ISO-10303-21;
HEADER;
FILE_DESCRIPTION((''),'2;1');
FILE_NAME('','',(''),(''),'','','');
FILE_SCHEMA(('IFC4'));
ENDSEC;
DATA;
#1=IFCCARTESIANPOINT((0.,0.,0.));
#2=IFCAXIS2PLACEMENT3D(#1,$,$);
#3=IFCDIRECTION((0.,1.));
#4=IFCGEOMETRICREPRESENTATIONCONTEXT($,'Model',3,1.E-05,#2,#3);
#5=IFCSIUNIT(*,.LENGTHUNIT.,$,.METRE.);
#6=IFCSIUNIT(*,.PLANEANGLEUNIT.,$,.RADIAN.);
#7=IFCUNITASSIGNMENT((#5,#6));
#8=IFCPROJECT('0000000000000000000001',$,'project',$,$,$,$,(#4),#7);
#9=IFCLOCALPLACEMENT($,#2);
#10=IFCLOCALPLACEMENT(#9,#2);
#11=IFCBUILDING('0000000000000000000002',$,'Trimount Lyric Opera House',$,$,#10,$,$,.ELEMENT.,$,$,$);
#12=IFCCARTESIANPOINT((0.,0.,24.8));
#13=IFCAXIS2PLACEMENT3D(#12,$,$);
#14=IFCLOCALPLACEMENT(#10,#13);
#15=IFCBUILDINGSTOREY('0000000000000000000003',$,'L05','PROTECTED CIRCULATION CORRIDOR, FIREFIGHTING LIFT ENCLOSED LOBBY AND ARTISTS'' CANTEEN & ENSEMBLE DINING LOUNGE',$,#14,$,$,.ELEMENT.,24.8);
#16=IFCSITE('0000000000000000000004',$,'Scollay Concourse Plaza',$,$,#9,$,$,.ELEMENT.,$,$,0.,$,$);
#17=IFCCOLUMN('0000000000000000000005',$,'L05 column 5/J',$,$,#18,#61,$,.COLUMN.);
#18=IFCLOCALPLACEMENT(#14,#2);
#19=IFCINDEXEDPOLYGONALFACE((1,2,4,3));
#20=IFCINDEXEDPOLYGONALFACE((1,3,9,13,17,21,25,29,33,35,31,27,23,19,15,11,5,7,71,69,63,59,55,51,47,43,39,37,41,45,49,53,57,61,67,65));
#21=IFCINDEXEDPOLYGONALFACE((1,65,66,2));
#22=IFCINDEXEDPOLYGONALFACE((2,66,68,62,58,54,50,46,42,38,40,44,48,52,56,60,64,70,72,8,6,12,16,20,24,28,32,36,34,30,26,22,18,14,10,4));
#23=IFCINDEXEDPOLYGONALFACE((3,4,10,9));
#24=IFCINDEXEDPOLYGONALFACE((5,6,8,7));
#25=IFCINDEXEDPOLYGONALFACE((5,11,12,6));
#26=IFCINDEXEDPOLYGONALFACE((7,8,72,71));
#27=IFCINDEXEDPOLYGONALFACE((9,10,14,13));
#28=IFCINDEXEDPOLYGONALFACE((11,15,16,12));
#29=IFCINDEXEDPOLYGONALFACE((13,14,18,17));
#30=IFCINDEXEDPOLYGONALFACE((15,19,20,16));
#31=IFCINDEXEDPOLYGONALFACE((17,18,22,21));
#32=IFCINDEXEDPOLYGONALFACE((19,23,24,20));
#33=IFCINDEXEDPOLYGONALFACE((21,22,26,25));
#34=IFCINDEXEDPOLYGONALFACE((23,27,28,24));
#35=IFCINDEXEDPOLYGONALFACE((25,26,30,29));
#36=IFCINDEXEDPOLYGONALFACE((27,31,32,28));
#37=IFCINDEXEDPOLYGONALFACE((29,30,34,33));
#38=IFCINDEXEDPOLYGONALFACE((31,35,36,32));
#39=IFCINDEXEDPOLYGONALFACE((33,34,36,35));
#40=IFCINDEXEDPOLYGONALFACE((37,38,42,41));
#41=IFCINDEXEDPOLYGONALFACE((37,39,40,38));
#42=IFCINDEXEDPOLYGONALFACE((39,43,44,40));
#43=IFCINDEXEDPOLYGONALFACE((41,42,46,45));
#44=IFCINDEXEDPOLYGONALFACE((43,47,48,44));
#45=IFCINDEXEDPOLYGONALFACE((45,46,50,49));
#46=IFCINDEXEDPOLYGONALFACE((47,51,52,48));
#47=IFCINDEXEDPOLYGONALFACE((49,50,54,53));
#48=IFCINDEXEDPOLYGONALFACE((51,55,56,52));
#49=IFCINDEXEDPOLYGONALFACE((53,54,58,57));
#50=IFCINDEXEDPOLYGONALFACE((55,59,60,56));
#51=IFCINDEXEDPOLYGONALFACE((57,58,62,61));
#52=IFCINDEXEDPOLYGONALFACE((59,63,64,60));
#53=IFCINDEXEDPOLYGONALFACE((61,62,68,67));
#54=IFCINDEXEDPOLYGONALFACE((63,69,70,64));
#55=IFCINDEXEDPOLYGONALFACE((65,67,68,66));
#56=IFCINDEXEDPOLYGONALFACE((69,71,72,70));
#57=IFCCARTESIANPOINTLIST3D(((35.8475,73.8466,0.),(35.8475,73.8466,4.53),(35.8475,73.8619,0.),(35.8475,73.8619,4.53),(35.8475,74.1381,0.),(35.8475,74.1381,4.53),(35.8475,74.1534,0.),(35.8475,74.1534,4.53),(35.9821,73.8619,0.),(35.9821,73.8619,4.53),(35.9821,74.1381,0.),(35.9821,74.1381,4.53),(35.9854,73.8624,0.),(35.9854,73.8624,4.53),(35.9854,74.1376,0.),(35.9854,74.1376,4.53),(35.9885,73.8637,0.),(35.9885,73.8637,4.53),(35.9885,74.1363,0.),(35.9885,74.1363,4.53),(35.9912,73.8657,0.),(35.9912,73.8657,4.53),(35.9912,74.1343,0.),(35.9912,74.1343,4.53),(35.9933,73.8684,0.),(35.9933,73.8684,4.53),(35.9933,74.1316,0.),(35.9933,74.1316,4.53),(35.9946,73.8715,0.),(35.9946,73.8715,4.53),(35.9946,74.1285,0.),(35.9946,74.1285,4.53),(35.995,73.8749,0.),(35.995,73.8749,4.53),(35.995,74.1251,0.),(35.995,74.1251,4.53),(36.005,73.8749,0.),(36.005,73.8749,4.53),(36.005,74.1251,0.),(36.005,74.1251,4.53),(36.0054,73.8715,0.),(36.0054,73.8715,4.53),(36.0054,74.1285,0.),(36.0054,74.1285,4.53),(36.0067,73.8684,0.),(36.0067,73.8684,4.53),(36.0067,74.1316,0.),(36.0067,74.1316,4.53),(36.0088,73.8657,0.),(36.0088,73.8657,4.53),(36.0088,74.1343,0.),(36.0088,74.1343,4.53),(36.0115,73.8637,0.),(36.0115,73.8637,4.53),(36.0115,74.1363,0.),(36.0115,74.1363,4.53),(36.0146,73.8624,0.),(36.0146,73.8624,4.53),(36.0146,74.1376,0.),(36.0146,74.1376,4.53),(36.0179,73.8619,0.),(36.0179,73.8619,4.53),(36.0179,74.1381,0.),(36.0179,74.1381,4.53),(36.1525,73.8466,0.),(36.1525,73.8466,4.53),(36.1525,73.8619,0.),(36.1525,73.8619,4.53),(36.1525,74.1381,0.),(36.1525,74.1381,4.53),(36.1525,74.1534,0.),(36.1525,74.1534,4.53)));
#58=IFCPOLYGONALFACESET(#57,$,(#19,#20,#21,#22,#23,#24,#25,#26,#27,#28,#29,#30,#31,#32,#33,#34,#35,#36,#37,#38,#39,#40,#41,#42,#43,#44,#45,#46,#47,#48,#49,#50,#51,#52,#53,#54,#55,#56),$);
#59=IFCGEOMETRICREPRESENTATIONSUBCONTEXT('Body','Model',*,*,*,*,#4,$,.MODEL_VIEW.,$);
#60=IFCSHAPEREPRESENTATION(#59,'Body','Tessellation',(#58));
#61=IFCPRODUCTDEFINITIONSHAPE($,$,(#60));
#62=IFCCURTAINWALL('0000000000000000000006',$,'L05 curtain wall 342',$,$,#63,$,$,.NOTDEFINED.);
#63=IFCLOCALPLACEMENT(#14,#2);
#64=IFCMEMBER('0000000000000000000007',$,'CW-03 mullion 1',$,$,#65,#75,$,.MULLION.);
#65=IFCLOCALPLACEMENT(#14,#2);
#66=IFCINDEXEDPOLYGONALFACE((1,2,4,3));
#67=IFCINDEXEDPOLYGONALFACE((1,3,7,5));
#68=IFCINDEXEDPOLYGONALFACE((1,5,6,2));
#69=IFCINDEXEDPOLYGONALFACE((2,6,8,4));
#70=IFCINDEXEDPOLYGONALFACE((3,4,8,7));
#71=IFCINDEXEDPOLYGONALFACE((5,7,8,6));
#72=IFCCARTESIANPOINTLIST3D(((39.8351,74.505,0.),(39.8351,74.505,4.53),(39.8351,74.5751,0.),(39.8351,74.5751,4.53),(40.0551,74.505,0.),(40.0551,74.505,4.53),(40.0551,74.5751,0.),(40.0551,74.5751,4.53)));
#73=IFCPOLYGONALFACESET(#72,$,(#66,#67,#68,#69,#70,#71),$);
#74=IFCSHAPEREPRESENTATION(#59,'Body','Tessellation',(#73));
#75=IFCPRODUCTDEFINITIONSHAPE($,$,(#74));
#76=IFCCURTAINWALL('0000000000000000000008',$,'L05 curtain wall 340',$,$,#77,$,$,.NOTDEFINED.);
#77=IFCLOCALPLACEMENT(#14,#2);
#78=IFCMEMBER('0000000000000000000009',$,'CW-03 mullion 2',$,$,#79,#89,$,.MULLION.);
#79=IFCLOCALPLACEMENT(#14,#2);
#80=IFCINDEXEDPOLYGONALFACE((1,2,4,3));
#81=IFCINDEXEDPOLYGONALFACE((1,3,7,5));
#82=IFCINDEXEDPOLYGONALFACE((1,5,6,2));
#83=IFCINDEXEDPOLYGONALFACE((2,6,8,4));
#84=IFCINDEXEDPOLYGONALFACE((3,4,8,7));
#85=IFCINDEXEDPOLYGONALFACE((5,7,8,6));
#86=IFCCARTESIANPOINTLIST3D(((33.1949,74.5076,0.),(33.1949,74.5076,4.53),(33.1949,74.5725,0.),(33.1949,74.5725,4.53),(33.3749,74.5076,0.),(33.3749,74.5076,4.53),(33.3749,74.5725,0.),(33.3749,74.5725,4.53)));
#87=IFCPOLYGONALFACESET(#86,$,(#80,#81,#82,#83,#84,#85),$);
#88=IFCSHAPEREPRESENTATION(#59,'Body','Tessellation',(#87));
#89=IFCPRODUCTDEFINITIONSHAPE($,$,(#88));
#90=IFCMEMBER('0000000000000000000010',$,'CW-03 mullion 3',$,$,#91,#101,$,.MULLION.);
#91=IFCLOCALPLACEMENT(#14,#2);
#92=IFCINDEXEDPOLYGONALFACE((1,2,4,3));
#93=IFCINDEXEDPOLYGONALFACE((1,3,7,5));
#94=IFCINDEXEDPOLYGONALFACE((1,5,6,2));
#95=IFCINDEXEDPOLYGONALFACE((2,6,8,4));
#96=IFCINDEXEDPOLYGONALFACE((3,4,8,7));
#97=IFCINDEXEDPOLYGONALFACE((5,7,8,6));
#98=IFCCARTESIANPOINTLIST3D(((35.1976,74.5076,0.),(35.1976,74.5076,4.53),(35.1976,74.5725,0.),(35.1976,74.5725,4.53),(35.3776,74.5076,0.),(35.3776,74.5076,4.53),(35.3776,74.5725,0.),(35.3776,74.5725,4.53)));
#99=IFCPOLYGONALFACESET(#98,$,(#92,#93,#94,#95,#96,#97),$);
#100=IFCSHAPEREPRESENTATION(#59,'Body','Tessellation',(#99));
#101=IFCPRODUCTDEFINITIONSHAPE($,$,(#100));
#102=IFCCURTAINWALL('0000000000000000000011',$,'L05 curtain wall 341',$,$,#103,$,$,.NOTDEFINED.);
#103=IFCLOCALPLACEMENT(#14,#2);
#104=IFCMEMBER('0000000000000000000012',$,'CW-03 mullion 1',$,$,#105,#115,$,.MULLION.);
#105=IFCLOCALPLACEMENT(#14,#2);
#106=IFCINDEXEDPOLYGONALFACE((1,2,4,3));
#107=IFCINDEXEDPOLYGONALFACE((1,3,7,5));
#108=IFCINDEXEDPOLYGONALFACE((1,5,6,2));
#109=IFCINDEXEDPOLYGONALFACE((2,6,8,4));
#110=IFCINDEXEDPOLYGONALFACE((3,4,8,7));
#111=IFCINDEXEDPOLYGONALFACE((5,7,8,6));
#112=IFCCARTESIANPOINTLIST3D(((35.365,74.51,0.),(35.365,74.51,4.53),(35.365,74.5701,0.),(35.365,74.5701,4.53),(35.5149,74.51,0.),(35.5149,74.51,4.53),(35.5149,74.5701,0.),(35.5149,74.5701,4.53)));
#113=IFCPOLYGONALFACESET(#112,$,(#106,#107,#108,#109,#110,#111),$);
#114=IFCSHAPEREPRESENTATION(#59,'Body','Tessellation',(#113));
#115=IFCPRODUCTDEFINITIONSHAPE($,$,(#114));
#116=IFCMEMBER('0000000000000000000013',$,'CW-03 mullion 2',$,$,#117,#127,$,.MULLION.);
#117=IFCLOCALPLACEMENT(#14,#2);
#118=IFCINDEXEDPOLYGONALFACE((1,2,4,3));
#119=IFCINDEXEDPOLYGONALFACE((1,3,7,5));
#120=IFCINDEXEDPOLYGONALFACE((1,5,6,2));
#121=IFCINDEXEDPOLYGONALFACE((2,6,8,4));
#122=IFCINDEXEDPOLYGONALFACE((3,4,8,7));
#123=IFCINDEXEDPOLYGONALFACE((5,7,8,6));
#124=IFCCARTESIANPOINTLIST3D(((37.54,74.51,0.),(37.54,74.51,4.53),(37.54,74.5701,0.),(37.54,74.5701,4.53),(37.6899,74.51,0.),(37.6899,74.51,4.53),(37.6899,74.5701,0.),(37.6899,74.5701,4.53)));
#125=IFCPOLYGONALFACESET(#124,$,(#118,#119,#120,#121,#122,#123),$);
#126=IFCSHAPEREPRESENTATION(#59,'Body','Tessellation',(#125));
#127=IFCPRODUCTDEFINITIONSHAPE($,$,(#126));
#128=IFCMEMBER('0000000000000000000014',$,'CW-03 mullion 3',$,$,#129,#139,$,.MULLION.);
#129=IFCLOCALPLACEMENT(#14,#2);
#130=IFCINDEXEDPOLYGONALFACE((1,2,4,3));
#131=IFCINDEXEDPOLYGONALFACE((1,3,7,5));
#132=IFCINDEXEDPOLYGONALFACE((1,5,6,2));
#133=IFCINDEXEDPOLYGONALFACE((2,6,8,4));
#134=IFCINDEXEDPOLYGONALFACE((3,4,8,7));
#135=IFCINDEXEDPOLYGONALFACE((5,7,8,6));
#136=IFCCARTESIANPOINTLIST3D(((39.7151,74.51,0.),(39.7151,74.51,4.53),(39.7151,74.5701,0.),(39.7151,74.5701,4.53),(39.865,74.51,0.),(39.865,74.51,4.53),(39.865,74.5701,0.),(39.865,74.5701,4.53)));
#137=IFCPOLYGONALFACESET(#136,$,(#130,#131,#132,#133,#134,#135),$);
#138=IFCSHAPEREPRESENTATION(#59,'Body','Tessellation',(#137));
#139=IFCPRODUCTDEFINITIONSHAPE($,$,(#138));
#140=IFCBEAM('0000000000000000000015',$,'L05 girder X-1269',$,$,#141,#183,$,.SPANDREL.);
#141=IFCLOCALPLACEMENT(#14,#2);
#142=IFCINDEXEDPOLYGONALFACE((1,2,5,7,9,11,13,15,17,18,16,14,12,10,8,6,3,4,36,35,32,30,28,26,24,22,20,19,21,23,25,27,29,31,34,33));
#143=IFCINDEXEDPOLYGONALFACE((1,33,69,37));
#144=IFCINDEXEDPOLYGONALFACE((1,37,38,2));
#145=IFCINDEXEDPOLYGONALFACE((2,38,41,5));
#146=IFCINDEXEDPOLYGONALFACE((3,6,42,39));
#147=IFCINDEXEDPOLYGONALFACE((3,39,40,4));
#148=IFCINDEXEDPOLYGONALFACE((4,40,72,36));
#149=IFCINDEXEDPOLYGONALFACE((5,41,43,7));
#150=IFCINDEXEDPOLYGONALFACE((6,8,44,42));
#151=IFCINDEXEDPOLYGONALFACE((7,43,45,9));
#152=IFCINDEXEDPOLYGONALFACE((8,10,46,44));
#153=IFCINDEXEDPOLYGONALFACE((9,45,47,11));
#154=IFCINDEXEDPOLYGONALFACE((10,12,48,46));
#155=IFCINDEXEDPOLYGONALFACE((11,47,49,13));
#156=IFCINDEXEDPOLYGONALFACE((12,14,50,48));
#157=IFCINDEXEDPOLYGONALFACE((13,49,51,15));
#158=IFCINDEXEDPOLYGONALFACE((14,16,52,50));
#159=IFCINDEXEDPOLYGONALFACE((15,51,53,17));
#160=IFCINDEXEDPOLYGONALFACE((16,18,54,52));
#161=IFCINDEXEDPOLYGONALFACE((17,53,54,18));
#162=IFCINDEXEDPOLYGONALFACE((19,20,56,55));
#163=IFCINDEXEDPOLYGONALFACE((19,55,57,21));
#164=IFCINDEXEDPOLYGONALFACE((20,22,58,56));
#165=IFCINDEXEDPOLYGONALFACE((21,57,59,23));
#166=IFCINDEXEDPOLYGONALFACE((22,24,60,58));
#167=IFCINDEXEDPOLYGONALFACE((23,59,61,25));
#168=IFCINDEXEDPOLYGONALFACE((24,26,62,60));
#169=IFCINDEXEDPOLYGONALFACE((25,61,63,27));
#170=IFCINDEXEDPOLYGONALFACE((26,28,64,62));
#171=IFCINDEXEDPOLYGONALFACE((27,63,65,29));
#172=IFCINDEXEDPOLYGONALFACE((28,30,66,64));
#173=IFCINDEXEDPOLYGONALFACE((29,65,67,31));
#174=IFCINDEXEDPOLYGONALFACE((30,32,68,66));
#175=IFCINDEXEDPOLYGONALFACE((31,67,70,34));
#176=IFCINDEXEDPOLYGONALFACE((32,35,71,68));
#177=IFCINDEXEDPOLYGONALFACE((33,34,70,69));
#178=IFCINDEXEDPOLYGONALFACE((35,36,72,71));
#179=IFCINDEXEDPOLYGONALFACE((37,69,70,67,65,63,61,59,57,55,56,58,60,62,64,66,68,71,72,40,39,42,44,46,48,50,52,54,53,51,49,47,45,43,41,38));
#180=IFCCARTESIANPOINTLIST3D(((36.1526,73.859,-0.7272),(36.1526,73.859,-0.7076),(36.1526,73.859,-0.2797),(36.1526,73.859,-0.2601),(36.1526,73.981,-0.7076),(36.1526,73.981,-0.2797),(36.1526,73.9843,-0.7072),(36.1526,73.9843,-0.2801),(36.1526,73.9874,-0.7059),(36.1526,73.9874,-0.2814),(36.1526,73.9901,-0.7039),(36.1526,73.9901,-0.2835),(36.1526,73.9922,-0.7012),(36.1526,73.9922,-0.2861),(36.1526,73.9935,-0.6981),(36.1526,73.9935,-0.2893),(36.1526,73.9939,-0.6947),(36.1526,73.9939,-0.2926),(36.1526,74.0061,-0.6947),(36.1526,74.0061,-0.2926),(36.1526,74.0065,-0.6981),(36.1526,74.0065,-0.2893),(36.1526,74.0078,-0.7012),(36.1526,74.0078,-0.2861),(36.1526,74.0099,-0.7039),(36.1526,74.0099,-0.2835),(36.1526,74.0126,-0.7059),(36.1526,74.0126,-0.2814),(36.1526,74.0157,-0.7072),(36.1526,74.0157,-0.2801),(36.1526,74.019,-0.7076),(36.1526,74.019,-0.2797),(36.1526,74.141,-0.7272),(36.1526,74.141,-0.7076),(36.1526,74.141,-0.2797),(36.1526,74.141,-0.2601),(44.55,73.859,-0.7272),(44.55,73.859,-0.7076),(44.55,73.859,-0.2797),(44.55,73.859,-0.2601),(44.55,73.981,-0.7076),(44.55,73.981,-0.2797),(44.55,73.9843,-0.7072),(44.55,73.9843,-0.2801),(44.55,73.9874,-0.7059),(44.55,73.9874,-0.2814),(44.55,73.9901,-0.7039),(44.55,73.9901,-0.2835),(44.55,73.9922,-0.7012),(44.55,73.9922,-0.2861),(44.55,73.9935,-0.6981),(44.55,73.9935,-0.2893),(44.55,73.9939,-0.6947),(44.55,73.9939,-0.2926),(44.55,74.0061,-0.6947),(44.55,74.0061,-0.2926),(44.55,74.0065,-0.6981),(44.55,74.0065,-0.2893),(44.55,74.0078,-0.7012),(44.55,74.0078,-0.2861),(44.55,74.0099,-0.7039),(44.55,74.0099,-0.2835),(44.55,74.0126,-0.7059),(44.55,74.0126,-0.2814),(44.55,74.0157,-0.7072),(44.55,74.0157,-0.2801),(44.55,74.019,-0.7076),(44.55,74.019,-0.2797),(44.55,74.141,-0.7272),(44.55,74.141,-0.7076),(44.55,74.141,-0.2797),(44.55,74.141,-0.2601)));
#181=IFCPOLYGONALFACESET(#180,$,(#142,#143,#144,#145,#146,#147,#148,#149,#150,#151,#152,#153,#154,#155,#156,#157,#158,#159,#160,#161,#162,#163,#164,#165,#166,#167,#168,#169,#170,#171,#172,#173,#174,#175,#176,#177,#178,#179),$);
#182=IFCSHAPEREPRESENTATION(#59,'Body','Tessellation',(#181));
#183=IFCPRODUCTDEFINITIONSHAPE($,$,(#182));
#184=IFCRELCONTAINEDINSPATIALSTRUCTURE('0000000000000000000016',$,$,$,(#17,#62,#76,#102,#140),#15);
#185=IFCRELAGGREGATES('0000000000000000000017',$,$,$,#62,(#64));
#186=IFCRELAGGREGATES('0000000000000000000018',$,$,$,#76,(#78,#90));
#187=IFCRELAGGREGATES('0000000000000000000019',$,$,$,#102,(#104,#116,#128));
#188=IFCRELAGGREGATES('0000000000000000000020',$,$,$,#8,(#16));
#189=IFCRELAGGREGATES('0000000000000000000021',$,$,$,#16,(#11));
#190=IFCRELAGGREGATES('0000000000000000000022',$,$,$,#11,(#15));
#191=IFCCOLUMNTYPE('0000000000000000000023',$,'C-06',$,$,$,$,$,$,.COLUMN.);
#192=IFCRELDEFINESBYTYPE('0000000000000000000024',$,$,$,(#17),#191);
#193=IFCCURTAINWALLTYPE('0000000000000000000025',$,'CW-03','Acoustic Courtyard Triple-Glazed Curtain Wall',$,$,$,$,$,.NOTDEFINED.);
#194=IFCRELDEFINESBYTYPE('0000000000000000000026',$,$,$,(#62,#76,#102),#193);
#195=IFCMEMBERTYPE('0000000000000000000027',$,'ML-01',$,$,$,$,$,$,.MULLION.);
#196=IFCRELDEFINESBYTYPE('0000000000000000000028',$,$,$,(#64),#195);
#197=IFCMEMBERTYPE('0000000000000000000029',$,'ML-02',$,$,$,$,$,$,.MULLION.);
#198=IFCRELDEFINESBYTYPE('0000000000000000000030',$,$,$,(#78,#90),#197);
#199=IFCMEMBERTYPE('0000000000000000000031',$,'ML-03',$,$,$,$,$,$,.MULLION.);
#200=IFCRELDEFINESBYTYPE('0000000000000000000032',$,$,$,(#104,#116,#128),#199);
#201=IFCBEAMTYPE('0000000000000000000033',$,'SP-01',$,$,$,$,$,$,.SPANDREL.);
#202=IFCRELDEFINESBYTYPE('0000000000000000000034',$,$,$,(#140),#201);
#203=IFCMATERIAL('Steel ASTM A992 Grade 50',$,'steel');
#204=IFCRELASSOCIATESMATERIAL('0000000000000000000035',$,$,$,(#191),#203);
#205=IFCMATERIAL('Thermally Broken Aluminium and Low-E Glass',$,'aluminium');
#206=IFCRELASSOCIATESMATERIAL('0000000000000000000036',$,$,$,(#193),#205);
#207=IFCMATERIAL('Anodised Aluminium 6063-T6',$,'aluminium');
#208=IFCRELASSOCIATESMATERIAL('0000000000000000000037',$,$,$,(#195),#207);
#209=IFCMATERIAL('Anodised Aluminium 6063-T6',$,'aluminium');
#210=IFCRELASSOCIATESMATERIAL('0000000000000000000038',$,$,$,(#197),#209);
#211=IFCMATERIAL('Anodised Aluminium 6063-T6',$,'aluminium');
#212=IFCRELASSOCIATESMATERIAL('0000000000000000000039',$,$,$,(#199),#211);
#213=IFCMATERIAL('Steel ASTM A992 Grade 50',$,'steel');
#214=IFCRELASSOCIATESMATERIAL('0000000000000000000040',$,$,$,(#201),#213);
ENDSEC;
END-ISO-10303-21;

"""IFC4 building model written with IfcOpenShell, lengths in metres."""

from ifc_helpers import new_model, si_unit, direction, frame, origin, origin_2d, place, context, subcontext, project, spatial, rectangle, i_section, extrude, material, material_profile, profile_set, type_object, element, aggregate, save


model = new_model("IFC4")

# Units and contexts
model_context = context("Model", 3, precision=1e-05, world=origin(), true_north=direction((0.0, 1.0)))
body_context = subcontext(model_context, "Body", "Model", "MODEL_VIEW")
ifc_project = project(units=[si_unit("LENGTHUNIT", "METRE"), si_unit("PLANEANGLEUNIT", "RADIAN")], contexts=[model_context])

# Site, building, storey
site_placement = place(None, origin())
site = spatial("IfcSite", under=ifc_project, at=site_placement, Name="Scollay Concourse Plaza", CompositionType="ELEMENT", RefElevation=0.0)
building_placement = place(site_placement, origin())
building = spatial("IfcBuilding", under=site, at=building_placement, Name="Trimount Lyric Opera House", CompositionType="ELEMENT")
storey_placement = place(building_placement, frame((0.0, 0.0, 24.8)))
storey = spatial("IfcBuildingStorey", under=building, at=storey_placement, Name="L05", Description="PROTECTED CIRCULATION CORRIDOR, FIREFIGHTING LIFT ENCLOSED LOBBY AND ARTISTS' CANTEEN & ENSEMBLE DINING LOUNGE", CompositionType="ELEMENT", Elevation=24.8)

# Column
ifc_material_1 = material(Name="Steel ASTM A992 Grade 50", Category="steel")
ifc_material_profile_1 = material_profile(ifc_material_1, i_section(OverallWidth=0.3049, OverallDepth=0.3069, WebThickness=0.01, FlangeThickness=0.0154, FilletRadius=0.0129, at=origin_2d()), Name="W12X65")
ifc_profile_set_1 = profile_set([ifc_material_profile_1], Name="Steel ASTM A992 Grade 50")
column_type = type_object("IfcColumnType", Name="C-06", PredefinedType="COLUMN", material=ifc_profile_set_1)
column_placement = place(storey_placement, frame((36.0, 74.0, 0.0), z_axis=(0.0, 0.0, 1.0), x_axis=(1.0, 0.0, 0.0)))
element("IfcColumn", 1, at=column_placement, inside=storey, type_object=column_type, Name="L05 column 5/J", PredefinedType="COLUMN", context=body_context, shape_type="SweptSolid", body=[
    extrude(i_section(OverallWidth=0.3049, OverallDepth=0.3069, WebThickness=0.01, FlangeThickness=0.0154, FilletRadius=0.0129, at=origin_2d()), origin(), (0.0, 0.0, 1.0), 4.53),
])

# Curtain wall, member
ifc_material_2 = material(Name="Thermally Broken Aluminium and Low-E Glass", Category="aluminium")
curtain_wall_type = type_object("IfcCurtainWallType", Name="CW-03", Description="Acoustic Courtyard Triple-Glazed Curtain Wall", PredefinedType="NOTDEFINED", material=ifc_material_2)
curtain_wall_1_placement = place(storey_placement, origin())
curtain_wall_1 = element("IfcCurtainWall", 2, at=curtain_wall_1_placement, inside=storey, type_object=curtain_wall_type, Name="L05 curtain wall 342", PredefinedType="NOTDEFINED")
ifc_material_3 = material(Name="Anodised Aluminium 6063-T6", Category="aluminium")
ifc_material_profile_2 = material_profile(ifc_material_3, rectangle(XDim=0.0701, YDim=0.22, at=origin_2d()), Name="ALU-MULL-70X220")
ifc_profile_set_2 = profile_set([ifc_material_profile_2], Name="Anodised Aluminium 6063-T6")
member_type_1 = type_object("IfcMemberType", Name="ML-01", PredefinedType="MULLION", material=ifc_profile_set_2)
member_1_placement = place(storey_placement, frame((39.9451, 74.54, 0.0), z_axis=(0.0, 0.0, 1.0), x_axis=(0.0, 1.0, 0.0)))
member_1 = element("IfcMember", 3, at=member_1_placement, type_object=member_type_1, Name="CW-03 mullion 1", PredefinedType="MULLION", context=body_context, shape_type="SweptSolid", body=[
    extrude(rectangle(XDim=0.0701, YDim=0.22, at=origin_2d()), origin(), (0.0, 0.0, 1.0), 4.53),
])

# Curtain walls, members
curtain_wall_2_placement = place(storey_placement, origin())
curtain_wall_2 = element("IfcCurtainWall", 4, at=curtain_wall_2_placement, inside=storey, type_object=curtain_wall_type, Name="L05 curtain wall 340", PredefinedType="NOTDEFINED")
ifc_material_4 = material(Name="Anodised Aluminium 6063-T6", Category="aluminium")
ifc_material_profile_3 = material_profile(ifc_material_4, rectangle(XDim=0.0649, YDim=0.1799, at=origin_2d()), Name="ALU-MULL-65X180")
ifc_profile_set_3 = profile_set([ifc_material_profile_3], Name="Anodised Aluminium 6063-T6")
member_type_2 = type_object("IfcMemberType", Name="ML-02", PredefinedType="MULLION", material=ifc_profile_set_3)
member_2_placement = place(storey_placement, frame((33.2849, 74.54, 0.0), z_axis=(0.0, 0.0, 1.0), x_axis=(0.0, 1.0, 0.0)))
member_2 = element("IfcMember", 5, at=member_2_placement, type_object=member_type_2, Name="CW-03 mullion 2", PredefinedType="MULLION", context=body_context, shape_type="SweptSolid", body=[
    extrude(rectangle(XDim=0.0649, YDim=0.1799, at=origin_2d()), origin(), (0.0, 0.0, 1.0), 4.53),
])
member_3_placement = place(storey_placement, frame((35.2876, 74.54, 0.0), z_axis=(0.0, 0.0, 1.0), x_axis=(0.0, 1.0, 0.0)))
member_3 = element("IfcMember", 6, at=member_3_placement, type_object=member_type_2, Name="CW-03 mullion 3", PredefinedType="MULLION", context=body_context, shape_type="SweptSolid", body=[
    extrude(rectangle(XDim=0.0649, YDim=0.1799, at=origin_2d()), origin(), (0.0, 0.0, 1.0), 4.53),
])
curtain_wall_3_placement = place(storey_placement, origin())
curtain_wall_3 = element("IfcCurtainWall", 7, at=curtain_wall_3_placement, inside=storey, type_object=curtain_wall_type, Name="L05 curtain wall 341", PredefinedType="NOTDEFINED")
ifc_material_5 = material(Name="Anodised Aluminium 6063-T6", Category="aluminium")
ifc_material_profile_4 = material_profile(ifc_material_5, rectangle(XDim=0.0601, YDim=0.1499, at=origin_2d()), Name="ALU-MULL-60X150")
ifc_profile_set_4 = profile_set([ifc_material_profile_4], Name="Anodised Aluminium 6063-T6")
member_type_3 = type_object("IfcMemberType", Name="ML-03", PredefinedType="MULLION", material=ifc_profile_set_4)
member_4_placement = place(storey_placement, frame((35.4399, 74.54, 0.0), z_axis=(0.0, 0.0, 1.0), x_axis=(0.0, 1.0, 0.0)))
member_4 = element("IfcMember", 8, at=member_4_placement, type_object=member_type_3, Name="CW-03 mullion 1", PredefinedType="MULLION", context=body_context, shape_type="SweptSolid", body=[
    extrude(rectangle(XDim=0.0601, YDim=0.1499, at=origin_2d()), origin(), (0.0, 0.0, 1.0), 4.53),
])
member_5_placement = place(storey_placement, frame((37.615, 74.54, 0.0), z_axis=(0.0, 0.0, 1.0), x_axis=(0.0, 1.0, 0.0)))
member_5 = element("IfcMember", 9, at=member_5_placement, type_object=member_type_3, Name="CW-03 mullion 2", PredefinedType="MULLION", context=body_context, shape_type="SweptSolid", body=[
    extrude(rectangle(XDim=0.0601, YDim=0.1499, at=origin_2d()), origin(), (0.0, 0.0, 1.0), 4.53),
])
member_6_placement = place(storey_placement, frame((39.79, 74.54, 0.0), z_axis=(0.0, 0.0, 1.0), x_axis=(0.0, 1.0, 0.0)))
member_6 = element("IfcMember", 10, at=member_6_placement, type_object=member_type_3, Name="CW-03 mullion 3", PredefinedType="MULLION", context=body_context, shape_type="SweptSolid", body=[
    extrude(rectangle(XDim=0.0601, YDim=0.1499, at=origin_2d()), origin(), (0.0, 0.0, 1.0), 4.53),
])

# Beam
ifc_material_6 = material(Name="Steel ASTM A992 Grade 50", Category="steel")
ifc_material_profile_5 = material_profile(ifc_material_6, i_section(OverallWidth=0.282, OverallDepth=0.467, WebThickness=0.0122, FlangeThickness=0.0195, FilletRadius=0.0129, at=origin_2d()), Name="W18X86")
ifc_profile_set_5 = profile_set([ifc_material_profile_5], Name="Steel ASTM A992 Grade 50")
beam_type = type_object("IfcBeamType", Name="SP-01", PredefinedType="SPANDREL", material=ifc_profile_set_5)
beam_placement = place(storey_placement, frame((36.1526, 74.0, -0.4937), z_axis=(1.0, 0.0, 0.0), x_axis=(0.0, 1.0, 0.0)))
element("IfcBeam", 11, at=beam_placement, inside=storey, type_object=beam_type, Name="L05 girder X-1269", PredefinedType="SPANDREL", context=body_context, shape_type="SweptSolid", body=[
    extrude(i_section(OverallWidth=0.282, OverallDepth=0.467, WebThickness=0.0122, FlangeThickness=0.0195, FilletRadius=0.0129, at=origin_2d()), origin(), (0.0, 0.0, 1.0), 8.3975),
])

aggregate(curtain_wall_1, [member_1])

aggregate(curtain_wall_2, [member_2, member_3])
aggregate(curtain_wall_3, [member_4, member_5, member_6])

save(model, "model.ifc")
